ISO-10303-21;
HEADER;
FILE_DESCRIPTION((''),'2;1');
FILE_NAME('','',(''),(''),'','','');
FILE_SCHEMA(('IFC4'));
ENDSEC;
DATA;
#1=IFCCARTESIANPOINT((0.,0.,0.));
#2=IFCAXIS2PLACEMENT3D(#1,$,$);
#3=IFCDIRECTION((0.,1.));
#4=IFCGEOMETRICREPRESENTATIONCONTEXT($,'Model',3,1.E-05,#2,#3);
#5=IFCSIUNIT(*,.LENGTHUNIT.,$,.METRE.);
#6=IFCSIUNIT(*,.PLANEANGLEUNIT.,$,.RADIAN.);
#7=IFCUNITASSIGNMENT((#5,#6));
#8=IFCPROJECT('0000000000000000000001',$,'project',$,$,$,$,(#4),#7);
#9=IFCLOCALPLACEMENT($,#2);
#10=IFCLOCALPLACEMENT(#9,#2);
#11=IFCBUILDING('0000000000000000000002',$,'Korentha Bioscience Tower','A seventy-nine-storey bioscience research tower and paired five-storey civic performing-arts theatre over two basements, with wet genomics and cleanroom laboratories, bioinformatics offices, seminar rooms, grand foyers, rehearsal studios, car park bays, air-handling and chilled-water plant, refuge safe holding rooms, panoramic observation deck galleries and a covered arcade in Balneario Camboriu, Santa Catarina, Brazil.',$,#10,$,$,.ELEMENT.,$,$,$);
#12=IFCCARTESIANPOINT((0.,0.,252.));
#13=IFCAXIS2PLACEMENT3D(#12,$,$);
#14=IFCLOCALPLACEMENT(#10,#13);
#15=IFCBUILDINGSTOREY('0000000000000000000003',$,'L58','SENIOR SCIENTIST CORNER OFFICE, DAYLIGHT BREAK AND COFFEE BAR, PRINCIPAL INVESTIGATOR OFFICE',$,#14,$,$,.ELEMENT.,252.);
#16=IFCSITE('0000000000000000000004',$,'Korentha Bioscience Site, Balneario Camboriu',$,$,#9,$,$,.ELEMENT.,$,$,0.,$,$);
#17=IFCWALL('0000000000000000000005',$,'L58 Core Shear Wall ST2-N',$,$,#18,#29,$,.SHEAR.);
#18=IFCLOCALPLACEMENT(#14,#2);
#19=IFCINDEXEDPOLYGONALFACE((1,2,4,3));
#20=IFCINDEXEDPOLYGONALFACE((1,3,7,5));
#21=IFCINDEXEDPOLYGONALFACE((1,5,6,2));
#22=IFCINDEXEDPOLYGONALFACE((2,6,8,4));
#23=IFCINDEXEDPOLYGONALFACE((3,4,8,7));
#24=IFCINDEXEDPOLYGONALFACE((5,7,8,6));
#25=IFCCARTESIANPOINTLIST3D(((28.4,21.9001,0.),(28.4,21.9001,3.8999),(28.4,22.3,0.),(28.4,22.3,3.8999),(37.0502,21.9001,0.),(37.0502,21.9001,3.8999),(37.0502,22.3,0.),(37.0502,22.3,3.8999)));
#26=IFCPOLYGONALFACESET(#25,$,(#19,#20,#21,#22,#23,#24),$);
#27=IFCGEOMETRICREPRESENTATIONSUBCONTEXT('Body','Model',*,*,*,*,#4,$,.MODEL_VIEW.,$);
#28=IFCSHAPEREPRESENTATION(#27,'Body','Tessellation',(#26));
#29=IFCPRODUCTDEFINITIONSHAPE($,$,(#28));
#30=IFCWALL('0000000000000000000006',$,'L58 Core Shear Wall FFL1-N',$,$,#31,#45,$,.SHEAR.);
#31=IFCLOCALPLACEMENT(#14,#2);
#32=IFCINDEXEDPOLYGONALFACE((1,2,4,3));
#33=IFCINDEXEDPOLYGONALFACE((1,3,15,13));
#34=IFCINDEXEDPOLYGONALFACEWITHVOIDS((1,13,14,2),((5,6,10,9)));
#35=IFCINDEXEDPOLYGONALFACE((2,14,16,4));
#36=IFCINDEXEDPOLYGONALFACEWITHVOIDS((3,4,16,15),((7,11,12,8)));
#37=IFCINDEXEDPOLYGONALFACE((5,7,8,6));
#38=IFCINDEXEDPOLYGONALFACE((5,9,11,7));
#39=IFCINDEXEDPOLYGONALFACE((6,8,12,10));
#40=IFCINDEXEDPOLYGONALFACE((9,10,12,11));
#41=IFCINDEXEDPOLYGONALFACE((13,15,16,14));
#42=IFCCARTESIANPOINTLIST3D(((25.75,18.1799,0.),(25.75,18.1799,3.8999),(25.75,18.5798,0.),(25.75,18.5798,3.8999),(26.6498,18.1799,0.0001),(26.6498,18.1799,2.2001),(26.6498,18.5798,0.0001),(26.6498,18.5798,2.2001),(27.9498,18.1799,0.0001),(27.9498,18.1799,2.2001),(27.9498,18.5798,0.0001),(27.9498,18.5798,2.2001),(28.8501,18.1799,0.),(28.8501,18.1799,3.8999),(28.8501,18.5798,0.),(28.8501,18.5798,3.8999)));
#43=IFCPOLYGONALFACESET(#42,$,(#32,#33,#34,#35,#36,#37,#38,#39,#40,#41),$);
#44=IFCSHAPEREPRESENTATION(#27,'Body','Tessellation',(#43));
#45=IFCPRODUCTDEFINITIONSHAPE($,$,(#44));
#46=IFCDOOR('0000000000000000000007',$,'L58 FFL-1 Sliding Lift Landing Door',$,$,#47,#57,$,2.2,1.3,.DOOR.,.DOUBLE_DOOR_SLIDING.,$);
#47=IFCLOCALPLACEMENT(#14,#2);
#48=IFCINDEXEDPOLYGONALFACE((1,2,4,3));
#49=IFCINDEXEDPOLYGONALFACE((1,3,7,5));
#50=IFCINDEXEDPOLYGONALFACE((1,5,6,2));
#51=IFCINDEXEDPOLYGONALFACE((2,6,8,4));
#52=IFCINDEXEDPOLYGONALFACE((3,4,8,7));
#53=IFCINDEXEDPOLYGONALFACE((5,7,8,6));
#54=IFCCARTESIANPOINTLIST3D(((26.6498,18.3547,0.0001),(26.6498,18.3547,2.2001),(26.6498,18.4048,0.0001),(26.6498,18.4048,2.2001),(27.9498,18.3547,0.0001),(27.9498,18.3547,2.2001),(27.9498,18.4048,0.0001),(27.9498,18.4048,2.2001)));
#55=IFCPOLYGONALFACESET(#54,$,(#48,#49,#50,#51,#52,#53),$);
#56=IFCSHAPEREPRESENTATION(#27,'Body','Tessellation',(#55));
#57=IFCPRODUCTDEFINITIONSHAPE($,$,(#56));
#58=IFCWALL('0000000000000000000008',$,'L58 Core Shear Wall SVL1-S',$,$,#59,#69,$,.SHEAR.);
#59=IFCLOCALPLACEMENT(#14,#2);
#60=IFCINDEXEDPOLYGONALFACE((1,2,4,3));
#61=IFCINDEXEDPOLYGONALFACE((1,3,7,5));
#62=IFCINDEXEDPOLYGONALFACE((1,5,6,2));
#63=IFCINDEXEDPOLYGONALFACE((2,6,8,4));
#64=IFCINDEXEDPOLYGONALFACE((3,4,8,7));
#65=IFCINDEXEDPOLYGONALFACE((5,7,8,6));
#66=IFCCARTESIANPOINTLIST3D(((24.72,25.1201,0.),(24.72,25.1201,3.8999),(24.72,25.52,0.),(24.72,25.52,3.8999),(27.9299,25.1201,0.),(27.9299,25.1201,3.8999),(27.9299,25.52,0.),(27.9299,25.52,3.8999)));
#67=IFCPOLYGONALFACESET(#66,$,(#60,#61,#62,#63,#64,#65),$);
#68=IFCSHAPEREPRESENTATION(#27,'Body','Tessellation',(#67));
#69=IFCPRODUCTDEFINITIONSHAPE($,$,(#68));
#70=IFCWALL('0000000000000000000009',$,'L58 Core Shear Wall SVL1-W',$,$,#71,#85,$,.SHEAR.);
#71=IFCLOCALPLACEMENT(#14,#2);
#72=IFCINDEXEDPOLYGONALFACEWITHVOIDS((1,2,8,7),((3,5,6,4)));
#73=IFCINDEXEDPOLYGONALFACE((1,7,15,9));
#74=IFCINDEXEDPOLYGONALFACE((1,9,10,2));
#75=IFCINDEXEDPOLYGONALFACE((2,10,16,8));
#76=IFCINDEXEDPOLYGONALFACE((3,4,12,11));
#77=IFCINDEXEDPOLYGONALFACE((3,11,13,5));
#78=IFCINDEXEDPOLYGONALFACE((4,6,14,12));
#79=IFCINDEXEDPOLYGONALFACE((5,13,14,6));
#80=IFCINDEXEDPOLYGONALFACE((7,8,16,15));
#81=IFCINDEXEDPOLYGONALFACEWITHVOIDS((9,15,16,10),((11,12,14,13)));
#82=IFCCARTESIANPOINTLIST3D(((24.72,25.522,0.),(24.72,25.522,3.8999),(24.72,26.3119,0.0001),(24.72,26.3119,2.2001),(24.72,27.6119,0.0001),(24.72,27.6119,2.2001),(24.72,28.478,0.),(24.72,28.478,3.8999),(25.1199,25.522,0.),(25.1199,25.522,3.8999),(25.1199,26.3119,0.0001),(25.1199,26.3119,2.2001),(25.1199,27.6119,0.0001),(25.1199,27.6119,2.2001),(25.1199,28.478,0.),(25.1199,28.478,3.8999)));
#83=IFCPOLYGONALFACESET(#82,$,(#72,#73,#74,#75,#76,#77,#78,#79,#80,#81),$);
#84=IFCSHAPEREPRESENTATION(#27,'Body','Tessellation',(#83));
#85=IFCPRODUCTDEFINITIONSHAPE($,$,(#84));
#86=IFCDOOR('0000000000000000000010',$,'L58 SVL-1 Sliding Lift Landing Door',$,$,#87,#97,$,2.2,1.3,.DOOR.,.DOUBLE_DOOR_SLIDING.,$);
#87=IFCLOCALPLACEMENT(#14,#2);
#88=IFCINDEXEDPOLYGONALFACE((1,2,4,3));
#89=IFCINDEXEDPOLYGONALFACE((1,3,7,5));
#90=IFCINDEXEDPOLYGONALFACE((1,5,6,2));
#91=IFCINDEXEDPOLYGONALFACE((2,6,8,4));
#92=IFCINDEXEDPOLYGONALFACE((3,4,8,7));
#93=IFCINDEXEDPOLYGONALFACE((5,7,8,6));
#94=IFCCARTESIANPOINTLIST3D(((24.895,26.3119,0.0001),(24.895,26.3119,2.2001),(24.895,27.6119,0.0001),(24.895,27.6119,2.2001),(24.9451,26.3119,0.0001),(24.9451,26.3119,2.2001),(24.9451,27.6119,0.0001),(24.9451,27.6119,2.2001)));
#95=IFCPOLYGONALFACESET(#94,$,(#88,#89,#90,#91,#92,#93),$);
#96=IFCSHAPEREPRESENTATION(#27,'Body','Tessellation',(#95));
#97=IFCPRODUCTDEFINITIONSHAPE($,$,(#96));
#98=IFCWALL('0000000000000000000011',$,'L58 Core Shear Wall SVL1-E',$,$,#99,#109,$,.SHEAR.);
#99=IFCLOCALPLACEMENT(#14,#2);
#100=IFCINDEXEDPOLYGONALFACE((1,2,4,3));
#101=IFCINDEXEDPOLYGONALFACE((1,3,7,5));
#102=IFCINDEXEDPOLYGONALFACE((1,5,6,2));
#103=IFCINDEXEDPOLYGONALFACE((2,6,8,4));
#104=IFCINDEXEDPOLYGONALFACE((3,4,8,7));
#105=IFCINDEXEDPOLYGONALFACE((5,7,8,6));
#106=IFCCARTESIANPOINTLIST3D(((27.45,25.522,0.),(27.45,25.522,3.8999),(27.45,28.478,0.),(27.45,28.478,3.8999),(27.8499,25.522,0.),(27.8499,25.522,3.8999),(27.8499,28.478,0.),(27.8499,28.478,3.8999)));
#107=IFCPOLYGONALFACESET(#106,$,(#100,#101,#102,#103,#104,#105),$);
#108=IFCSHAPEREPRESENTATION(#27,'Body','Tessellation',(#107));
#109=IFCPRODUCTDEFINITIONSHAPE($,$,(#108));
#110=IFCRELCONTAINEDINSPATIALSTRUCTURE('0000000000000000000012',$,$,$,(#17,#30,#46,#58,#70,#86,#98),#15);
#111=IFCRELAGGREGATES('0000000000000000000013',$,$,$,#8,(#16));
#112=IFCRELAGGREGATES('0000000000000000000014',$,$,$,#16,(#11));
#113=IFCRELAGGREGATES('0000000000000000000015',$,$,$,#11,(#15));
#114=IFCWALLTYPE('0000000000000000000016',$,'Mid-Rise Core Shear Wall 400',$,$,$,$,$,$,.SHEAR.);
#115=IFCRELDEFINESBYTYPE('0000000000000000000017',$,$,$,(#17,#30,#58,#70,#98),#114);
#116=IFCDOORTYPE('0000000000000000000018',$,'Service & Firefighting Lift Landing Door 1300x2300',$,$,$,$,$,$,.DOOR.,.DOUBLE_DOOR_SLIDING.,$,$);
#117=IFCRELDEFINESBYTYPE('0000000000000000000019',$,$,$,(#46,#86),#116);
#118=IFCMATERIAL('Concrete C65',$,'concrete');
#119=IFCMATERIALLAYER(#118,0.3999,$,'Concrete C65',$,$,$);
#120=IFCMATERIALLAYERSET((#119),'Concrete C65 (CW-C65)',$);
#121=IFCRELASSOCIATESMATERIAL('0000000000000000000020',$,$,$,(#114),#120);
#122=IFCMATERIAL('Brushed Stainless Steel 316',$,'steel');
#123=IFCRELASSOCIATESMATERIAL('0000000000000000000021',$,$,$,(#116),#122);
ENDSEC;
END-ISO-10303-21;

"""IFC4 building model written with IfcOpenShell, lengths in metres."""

from ifc_helpers import new_model, si_unit, direction, frame, frame_2d, origin, place, context, subcontext, project, spatial, rectangle, extrude, material, layer, layer_set, type_object, element, fill, save


model = new_model("IFC4")

# Units and contexts
model_context = context("Model", 3, precision=1e-05, world=origin(), true_north=direction((0.0, 1.0)))
body_context = subcontext(model_context, "Body", "Model", "MODEL_VIEW")
ifc_project = project(units=[si_unit("LENGTHUNIT", "METRE"), si_unit("PLANEANGLEUNIT", "RADIAN")], contexts=[model_context])

# Site, building, storey
site_placement = place(None, origin())
site = spatial("IfcSite", under=ifc_project, at=site_placement, Name="Korentha Bioscience Site, Balneario Camboriu", CompositionType="ELEMENT", RefElevation=0.0)
building_placement = place(site_placement, origin())
building = spatial("IfcBuilding", under=site, at=building_placement, Name="Korentha Bioscience Tower", Description="A seventy-nine-storey bioscience research tower and paired five-storey civic performing-arts theatre over two basements, with wet genomics and cleanroom laboratories, bioinformatics offices, seminar rooms, grand foyers, rehearsal studios, car park bays, air-handling and chilled-water plant, refuge safe holding rooms, panoramic observation deck galleries and a covered arcade in Balneario Camboriu, Santa Catarina, Brazil.", CompositionType="ELEMENT")
storey_placement = place(building_placement, frame((0.0, 0.0, 252.0)))
storey = spatial("IfcBuildingStorey", under=building, at=storey_placement, Name="L58", Description="SENIOR SCIENTIST CORNER OFFICE, DAYLIGHT BREAK AND COFFEE BAR, PRINCIPAL INVESTIGATOR OFFICE", CompositionType="ELEMENT", Elevation=252.0)

# Shared definitions
ifc_material_1 = material(Name="Concrete C65", Category="concrete")

# Wall
ifc_layer_1 = layer(ifc_material_1, 0.3999, Name="Concrete C65")
ifc_layer_set_1 = layer_set([ifc_layer_1], Name="Concrete C65 (CW-C65)")
wall_type_1 = type_object("IfcWallType", Name="Mid-Rise Core Shear Wall 400", PredefinedType="SHEAR", material=ifc_layer_set_1)
wall_1_placement = place(storey_placement, frame((28.3999, 22.1001, 0.0), z_axis=(0.0, 0.0, 1.0), x_axis=(1.0, 0.0, 0.0)))
element("IfcWall", 1, at=wall_1_placement, inside=storey, type_object=wall_type_1, Name="L58 Core Shear Wall ST2-N", PredefinedType="SHEAR", context=body_context, shape_type="SweptSolid", body=[
    extrude(rectangle(XDim=8.6501, YDim=0.3999, at=frame_2d((4.3252, 0.0))), origin(), (0.0, 0.0, 1.0), 3.8999),
])

# Wall, opening, door
wall_2_placement = place(storey_placement, frame((25.75, 18.3799, 0.0), z_axis=(0.0, 0.0, 1.0), x_axis=(1.0, 0.0, 0.0)))
wall_2 = element("IfcWall", 2, at=wall_2_placement, inside=storey, type_object=wall_type_1, Name="L58 Core Shear Wall FFL1-N", PredefinedType="SHEAR", context=body_context, shape_type="SweptSolid", body=[
    extrude(rectangle(XDim=3.1001, YDim=0.3999, at=frame_2d((1.55, 0.0))), origin(), (0.0, 0.0, 1.0), 3.8999),
])
opening_1_placement = place(wall_2_placement, frame((0.8999, 0.0, 0.0)))
opening_1 = element("IfcOpeningElement", 3, at=opening_1_placement, cuts=wall_2, PredefinedType="OPENING", context=body_context, shape_type="SweptSolid", body=[
    extrude(rectangle(XDim=1.3, YDim=2.2, at=frame_2d((0.6499, 1.1001))), frame((0.0, 0.2148, 0.0), z_axis=(0.0, -1.0, 0.0), x_axis=(1.0, 0.0, 0.0)), (0.0, 0.0, 1.0), 0.4297),
])
ifc_material_2 = material(Name="Brushed Stainless Steel 316", Category="steel")
door_type_1 = type_object("IfcDoorType", Name="Service & Firefighting Lift Landing Door 1300x2300", OperationType="DOUBLE_DOOR_SLIDING", PredefinedType="DOOR", material=ifc_material_2)
door_1_placement = place(opening_1_placement, origin())
door_1 = element("IfcDoor", 4, at=door_1_placement, inside=storey, type_object=door_type_1, Name="L58 FFL-1 Sliding Lift Landing Door", OperationType="DOUBLE_DOOR_SLIDING", OverallHeight=2.2, OverallWidth=1.3, PredefinedType="DOOR", context=body_context, shape_type="SweptSolid", body=[
    extrude(rectangle(XDim=1.3, YDim=2.2, at=frame_2d((0.6499, 1.1001))), frame((0.0, 0.0249, 0.0), z_axis=(0.0, -1.0, 0.0), x_axis=(1.0, 0.0, 0.0)), (0.0, 0.0, 1.0), 0.05),
])
fill(opening_1, door_1)

# Wall
wall_3_placement = place(storey_placement, frame((24.72, 25.3201, 0.0), z_axis=(0.0, 0.0, 1.0), x_axis=(1.0, 0.0, 0.0)))
element("IfcWall", 5, at=wall_3_placement, inside=storey, type_object=wall_type_1, Name="L58 Core Shear Wall SVL1-S", PredefinedType="SHEAR", context=body_context, shape_type="SweptSolid", body=[
    extrude(rectangle(XDim=3.21, YDim=0.3999, at=frame_2d((1.605, 0.0))), origin(), (0.0, 0.0, 1.0), 3.8999),
])

# Wall, opening, door
wall_4_placement = place(storey_placement, frame((24.9199, 25.522, 0.0), z_axis=(0.0, 0.0, 1.0), x_axis=(0.0, 1.0, 0.0)))
wall_4 = element("IfcWall", 6, at=wall_4_placement, inside=storey, type_object=wall_type_1, Name="L58 Core Shear Wall SVL1-W", PredefinedType="SHEAR", context=body_context, shape_type="SweptSolid", body=[
    extrude(rectangle(XDim=2.9561, YDim=0.3999, at=frame_2d((1.478, 0.0))), origin(), (0.0, 0.0, 1.0), 3.8999),
])
opening_2_placement = place(wall_4_placement, frame((0.79, 0.0, 0.0)))
opening_2 = element("IfcOpeningElement", 7, at=opening_2_placement, cuts=wall_4, PredefinedType="OPENING", context=body_context, shape_type="SweptSolid", body=[
    extrude(rectangle(XDim=1.3, YDim=2.2, at=frame_2d((0.6499, 1.1001))), frame((0.0, 0.2148, 0.0), z_axis=(0.0, -1.0, 0.0), x_axis=(1.0, 0.0, 0.0)), (0.0, 0.0, 1.0), 0.4297),
])
door_2_placement = place(opening_2_placement, origin())
door_2 = element("IfcDoor", 8, at=door_2_placement, inside=storey, type_object=door_type_1, Name="L58 SVL-1 Sliding Lift Landing Door", OperationType="DOUBLE_DOOR_SLIDING", OverallHeight=2.2, OverallWidth=1.3, PredefinedType="DOOR", context=body_context, shape_type="SweptSolid", body=[
    extrude(rectangle(XDim=1.3, YDim=2.2, at=frame_2d((0.6499, 1.1001))), frame((0.0, 0.0249, 0.0), z_axis=(0.0, -1.0, 0.0), x_axis=(1.0, 0.0, 0.0)), (0.0, 0.0, 1.0), 0.05),
])
fill(opening_2, door_2)

# Wall
wall_5_placement = place(storey_placement, frame((27.6499, 25.522, 0.0), z_axis=(0.0, 0.0, 1.0), x_axis=(0.0, 1.0, 0.0)))
element("IfcWall", 9, at=wall_5_placement, inside=storey, type_object=wall_type_1, Name="L58 Core Shear Wall SVL1-E", PredefinedType="SHEAR", context=body_context, shape_type="SweptSolid", body=[
    extrude(rectangle(XDim=2.9561, YDim=0.3999, at=frame_2d((1.478, 0.0))), origin(), (0.0, 0.0, 1.0), 3.8999),
])

save(model, "model.ifc")
